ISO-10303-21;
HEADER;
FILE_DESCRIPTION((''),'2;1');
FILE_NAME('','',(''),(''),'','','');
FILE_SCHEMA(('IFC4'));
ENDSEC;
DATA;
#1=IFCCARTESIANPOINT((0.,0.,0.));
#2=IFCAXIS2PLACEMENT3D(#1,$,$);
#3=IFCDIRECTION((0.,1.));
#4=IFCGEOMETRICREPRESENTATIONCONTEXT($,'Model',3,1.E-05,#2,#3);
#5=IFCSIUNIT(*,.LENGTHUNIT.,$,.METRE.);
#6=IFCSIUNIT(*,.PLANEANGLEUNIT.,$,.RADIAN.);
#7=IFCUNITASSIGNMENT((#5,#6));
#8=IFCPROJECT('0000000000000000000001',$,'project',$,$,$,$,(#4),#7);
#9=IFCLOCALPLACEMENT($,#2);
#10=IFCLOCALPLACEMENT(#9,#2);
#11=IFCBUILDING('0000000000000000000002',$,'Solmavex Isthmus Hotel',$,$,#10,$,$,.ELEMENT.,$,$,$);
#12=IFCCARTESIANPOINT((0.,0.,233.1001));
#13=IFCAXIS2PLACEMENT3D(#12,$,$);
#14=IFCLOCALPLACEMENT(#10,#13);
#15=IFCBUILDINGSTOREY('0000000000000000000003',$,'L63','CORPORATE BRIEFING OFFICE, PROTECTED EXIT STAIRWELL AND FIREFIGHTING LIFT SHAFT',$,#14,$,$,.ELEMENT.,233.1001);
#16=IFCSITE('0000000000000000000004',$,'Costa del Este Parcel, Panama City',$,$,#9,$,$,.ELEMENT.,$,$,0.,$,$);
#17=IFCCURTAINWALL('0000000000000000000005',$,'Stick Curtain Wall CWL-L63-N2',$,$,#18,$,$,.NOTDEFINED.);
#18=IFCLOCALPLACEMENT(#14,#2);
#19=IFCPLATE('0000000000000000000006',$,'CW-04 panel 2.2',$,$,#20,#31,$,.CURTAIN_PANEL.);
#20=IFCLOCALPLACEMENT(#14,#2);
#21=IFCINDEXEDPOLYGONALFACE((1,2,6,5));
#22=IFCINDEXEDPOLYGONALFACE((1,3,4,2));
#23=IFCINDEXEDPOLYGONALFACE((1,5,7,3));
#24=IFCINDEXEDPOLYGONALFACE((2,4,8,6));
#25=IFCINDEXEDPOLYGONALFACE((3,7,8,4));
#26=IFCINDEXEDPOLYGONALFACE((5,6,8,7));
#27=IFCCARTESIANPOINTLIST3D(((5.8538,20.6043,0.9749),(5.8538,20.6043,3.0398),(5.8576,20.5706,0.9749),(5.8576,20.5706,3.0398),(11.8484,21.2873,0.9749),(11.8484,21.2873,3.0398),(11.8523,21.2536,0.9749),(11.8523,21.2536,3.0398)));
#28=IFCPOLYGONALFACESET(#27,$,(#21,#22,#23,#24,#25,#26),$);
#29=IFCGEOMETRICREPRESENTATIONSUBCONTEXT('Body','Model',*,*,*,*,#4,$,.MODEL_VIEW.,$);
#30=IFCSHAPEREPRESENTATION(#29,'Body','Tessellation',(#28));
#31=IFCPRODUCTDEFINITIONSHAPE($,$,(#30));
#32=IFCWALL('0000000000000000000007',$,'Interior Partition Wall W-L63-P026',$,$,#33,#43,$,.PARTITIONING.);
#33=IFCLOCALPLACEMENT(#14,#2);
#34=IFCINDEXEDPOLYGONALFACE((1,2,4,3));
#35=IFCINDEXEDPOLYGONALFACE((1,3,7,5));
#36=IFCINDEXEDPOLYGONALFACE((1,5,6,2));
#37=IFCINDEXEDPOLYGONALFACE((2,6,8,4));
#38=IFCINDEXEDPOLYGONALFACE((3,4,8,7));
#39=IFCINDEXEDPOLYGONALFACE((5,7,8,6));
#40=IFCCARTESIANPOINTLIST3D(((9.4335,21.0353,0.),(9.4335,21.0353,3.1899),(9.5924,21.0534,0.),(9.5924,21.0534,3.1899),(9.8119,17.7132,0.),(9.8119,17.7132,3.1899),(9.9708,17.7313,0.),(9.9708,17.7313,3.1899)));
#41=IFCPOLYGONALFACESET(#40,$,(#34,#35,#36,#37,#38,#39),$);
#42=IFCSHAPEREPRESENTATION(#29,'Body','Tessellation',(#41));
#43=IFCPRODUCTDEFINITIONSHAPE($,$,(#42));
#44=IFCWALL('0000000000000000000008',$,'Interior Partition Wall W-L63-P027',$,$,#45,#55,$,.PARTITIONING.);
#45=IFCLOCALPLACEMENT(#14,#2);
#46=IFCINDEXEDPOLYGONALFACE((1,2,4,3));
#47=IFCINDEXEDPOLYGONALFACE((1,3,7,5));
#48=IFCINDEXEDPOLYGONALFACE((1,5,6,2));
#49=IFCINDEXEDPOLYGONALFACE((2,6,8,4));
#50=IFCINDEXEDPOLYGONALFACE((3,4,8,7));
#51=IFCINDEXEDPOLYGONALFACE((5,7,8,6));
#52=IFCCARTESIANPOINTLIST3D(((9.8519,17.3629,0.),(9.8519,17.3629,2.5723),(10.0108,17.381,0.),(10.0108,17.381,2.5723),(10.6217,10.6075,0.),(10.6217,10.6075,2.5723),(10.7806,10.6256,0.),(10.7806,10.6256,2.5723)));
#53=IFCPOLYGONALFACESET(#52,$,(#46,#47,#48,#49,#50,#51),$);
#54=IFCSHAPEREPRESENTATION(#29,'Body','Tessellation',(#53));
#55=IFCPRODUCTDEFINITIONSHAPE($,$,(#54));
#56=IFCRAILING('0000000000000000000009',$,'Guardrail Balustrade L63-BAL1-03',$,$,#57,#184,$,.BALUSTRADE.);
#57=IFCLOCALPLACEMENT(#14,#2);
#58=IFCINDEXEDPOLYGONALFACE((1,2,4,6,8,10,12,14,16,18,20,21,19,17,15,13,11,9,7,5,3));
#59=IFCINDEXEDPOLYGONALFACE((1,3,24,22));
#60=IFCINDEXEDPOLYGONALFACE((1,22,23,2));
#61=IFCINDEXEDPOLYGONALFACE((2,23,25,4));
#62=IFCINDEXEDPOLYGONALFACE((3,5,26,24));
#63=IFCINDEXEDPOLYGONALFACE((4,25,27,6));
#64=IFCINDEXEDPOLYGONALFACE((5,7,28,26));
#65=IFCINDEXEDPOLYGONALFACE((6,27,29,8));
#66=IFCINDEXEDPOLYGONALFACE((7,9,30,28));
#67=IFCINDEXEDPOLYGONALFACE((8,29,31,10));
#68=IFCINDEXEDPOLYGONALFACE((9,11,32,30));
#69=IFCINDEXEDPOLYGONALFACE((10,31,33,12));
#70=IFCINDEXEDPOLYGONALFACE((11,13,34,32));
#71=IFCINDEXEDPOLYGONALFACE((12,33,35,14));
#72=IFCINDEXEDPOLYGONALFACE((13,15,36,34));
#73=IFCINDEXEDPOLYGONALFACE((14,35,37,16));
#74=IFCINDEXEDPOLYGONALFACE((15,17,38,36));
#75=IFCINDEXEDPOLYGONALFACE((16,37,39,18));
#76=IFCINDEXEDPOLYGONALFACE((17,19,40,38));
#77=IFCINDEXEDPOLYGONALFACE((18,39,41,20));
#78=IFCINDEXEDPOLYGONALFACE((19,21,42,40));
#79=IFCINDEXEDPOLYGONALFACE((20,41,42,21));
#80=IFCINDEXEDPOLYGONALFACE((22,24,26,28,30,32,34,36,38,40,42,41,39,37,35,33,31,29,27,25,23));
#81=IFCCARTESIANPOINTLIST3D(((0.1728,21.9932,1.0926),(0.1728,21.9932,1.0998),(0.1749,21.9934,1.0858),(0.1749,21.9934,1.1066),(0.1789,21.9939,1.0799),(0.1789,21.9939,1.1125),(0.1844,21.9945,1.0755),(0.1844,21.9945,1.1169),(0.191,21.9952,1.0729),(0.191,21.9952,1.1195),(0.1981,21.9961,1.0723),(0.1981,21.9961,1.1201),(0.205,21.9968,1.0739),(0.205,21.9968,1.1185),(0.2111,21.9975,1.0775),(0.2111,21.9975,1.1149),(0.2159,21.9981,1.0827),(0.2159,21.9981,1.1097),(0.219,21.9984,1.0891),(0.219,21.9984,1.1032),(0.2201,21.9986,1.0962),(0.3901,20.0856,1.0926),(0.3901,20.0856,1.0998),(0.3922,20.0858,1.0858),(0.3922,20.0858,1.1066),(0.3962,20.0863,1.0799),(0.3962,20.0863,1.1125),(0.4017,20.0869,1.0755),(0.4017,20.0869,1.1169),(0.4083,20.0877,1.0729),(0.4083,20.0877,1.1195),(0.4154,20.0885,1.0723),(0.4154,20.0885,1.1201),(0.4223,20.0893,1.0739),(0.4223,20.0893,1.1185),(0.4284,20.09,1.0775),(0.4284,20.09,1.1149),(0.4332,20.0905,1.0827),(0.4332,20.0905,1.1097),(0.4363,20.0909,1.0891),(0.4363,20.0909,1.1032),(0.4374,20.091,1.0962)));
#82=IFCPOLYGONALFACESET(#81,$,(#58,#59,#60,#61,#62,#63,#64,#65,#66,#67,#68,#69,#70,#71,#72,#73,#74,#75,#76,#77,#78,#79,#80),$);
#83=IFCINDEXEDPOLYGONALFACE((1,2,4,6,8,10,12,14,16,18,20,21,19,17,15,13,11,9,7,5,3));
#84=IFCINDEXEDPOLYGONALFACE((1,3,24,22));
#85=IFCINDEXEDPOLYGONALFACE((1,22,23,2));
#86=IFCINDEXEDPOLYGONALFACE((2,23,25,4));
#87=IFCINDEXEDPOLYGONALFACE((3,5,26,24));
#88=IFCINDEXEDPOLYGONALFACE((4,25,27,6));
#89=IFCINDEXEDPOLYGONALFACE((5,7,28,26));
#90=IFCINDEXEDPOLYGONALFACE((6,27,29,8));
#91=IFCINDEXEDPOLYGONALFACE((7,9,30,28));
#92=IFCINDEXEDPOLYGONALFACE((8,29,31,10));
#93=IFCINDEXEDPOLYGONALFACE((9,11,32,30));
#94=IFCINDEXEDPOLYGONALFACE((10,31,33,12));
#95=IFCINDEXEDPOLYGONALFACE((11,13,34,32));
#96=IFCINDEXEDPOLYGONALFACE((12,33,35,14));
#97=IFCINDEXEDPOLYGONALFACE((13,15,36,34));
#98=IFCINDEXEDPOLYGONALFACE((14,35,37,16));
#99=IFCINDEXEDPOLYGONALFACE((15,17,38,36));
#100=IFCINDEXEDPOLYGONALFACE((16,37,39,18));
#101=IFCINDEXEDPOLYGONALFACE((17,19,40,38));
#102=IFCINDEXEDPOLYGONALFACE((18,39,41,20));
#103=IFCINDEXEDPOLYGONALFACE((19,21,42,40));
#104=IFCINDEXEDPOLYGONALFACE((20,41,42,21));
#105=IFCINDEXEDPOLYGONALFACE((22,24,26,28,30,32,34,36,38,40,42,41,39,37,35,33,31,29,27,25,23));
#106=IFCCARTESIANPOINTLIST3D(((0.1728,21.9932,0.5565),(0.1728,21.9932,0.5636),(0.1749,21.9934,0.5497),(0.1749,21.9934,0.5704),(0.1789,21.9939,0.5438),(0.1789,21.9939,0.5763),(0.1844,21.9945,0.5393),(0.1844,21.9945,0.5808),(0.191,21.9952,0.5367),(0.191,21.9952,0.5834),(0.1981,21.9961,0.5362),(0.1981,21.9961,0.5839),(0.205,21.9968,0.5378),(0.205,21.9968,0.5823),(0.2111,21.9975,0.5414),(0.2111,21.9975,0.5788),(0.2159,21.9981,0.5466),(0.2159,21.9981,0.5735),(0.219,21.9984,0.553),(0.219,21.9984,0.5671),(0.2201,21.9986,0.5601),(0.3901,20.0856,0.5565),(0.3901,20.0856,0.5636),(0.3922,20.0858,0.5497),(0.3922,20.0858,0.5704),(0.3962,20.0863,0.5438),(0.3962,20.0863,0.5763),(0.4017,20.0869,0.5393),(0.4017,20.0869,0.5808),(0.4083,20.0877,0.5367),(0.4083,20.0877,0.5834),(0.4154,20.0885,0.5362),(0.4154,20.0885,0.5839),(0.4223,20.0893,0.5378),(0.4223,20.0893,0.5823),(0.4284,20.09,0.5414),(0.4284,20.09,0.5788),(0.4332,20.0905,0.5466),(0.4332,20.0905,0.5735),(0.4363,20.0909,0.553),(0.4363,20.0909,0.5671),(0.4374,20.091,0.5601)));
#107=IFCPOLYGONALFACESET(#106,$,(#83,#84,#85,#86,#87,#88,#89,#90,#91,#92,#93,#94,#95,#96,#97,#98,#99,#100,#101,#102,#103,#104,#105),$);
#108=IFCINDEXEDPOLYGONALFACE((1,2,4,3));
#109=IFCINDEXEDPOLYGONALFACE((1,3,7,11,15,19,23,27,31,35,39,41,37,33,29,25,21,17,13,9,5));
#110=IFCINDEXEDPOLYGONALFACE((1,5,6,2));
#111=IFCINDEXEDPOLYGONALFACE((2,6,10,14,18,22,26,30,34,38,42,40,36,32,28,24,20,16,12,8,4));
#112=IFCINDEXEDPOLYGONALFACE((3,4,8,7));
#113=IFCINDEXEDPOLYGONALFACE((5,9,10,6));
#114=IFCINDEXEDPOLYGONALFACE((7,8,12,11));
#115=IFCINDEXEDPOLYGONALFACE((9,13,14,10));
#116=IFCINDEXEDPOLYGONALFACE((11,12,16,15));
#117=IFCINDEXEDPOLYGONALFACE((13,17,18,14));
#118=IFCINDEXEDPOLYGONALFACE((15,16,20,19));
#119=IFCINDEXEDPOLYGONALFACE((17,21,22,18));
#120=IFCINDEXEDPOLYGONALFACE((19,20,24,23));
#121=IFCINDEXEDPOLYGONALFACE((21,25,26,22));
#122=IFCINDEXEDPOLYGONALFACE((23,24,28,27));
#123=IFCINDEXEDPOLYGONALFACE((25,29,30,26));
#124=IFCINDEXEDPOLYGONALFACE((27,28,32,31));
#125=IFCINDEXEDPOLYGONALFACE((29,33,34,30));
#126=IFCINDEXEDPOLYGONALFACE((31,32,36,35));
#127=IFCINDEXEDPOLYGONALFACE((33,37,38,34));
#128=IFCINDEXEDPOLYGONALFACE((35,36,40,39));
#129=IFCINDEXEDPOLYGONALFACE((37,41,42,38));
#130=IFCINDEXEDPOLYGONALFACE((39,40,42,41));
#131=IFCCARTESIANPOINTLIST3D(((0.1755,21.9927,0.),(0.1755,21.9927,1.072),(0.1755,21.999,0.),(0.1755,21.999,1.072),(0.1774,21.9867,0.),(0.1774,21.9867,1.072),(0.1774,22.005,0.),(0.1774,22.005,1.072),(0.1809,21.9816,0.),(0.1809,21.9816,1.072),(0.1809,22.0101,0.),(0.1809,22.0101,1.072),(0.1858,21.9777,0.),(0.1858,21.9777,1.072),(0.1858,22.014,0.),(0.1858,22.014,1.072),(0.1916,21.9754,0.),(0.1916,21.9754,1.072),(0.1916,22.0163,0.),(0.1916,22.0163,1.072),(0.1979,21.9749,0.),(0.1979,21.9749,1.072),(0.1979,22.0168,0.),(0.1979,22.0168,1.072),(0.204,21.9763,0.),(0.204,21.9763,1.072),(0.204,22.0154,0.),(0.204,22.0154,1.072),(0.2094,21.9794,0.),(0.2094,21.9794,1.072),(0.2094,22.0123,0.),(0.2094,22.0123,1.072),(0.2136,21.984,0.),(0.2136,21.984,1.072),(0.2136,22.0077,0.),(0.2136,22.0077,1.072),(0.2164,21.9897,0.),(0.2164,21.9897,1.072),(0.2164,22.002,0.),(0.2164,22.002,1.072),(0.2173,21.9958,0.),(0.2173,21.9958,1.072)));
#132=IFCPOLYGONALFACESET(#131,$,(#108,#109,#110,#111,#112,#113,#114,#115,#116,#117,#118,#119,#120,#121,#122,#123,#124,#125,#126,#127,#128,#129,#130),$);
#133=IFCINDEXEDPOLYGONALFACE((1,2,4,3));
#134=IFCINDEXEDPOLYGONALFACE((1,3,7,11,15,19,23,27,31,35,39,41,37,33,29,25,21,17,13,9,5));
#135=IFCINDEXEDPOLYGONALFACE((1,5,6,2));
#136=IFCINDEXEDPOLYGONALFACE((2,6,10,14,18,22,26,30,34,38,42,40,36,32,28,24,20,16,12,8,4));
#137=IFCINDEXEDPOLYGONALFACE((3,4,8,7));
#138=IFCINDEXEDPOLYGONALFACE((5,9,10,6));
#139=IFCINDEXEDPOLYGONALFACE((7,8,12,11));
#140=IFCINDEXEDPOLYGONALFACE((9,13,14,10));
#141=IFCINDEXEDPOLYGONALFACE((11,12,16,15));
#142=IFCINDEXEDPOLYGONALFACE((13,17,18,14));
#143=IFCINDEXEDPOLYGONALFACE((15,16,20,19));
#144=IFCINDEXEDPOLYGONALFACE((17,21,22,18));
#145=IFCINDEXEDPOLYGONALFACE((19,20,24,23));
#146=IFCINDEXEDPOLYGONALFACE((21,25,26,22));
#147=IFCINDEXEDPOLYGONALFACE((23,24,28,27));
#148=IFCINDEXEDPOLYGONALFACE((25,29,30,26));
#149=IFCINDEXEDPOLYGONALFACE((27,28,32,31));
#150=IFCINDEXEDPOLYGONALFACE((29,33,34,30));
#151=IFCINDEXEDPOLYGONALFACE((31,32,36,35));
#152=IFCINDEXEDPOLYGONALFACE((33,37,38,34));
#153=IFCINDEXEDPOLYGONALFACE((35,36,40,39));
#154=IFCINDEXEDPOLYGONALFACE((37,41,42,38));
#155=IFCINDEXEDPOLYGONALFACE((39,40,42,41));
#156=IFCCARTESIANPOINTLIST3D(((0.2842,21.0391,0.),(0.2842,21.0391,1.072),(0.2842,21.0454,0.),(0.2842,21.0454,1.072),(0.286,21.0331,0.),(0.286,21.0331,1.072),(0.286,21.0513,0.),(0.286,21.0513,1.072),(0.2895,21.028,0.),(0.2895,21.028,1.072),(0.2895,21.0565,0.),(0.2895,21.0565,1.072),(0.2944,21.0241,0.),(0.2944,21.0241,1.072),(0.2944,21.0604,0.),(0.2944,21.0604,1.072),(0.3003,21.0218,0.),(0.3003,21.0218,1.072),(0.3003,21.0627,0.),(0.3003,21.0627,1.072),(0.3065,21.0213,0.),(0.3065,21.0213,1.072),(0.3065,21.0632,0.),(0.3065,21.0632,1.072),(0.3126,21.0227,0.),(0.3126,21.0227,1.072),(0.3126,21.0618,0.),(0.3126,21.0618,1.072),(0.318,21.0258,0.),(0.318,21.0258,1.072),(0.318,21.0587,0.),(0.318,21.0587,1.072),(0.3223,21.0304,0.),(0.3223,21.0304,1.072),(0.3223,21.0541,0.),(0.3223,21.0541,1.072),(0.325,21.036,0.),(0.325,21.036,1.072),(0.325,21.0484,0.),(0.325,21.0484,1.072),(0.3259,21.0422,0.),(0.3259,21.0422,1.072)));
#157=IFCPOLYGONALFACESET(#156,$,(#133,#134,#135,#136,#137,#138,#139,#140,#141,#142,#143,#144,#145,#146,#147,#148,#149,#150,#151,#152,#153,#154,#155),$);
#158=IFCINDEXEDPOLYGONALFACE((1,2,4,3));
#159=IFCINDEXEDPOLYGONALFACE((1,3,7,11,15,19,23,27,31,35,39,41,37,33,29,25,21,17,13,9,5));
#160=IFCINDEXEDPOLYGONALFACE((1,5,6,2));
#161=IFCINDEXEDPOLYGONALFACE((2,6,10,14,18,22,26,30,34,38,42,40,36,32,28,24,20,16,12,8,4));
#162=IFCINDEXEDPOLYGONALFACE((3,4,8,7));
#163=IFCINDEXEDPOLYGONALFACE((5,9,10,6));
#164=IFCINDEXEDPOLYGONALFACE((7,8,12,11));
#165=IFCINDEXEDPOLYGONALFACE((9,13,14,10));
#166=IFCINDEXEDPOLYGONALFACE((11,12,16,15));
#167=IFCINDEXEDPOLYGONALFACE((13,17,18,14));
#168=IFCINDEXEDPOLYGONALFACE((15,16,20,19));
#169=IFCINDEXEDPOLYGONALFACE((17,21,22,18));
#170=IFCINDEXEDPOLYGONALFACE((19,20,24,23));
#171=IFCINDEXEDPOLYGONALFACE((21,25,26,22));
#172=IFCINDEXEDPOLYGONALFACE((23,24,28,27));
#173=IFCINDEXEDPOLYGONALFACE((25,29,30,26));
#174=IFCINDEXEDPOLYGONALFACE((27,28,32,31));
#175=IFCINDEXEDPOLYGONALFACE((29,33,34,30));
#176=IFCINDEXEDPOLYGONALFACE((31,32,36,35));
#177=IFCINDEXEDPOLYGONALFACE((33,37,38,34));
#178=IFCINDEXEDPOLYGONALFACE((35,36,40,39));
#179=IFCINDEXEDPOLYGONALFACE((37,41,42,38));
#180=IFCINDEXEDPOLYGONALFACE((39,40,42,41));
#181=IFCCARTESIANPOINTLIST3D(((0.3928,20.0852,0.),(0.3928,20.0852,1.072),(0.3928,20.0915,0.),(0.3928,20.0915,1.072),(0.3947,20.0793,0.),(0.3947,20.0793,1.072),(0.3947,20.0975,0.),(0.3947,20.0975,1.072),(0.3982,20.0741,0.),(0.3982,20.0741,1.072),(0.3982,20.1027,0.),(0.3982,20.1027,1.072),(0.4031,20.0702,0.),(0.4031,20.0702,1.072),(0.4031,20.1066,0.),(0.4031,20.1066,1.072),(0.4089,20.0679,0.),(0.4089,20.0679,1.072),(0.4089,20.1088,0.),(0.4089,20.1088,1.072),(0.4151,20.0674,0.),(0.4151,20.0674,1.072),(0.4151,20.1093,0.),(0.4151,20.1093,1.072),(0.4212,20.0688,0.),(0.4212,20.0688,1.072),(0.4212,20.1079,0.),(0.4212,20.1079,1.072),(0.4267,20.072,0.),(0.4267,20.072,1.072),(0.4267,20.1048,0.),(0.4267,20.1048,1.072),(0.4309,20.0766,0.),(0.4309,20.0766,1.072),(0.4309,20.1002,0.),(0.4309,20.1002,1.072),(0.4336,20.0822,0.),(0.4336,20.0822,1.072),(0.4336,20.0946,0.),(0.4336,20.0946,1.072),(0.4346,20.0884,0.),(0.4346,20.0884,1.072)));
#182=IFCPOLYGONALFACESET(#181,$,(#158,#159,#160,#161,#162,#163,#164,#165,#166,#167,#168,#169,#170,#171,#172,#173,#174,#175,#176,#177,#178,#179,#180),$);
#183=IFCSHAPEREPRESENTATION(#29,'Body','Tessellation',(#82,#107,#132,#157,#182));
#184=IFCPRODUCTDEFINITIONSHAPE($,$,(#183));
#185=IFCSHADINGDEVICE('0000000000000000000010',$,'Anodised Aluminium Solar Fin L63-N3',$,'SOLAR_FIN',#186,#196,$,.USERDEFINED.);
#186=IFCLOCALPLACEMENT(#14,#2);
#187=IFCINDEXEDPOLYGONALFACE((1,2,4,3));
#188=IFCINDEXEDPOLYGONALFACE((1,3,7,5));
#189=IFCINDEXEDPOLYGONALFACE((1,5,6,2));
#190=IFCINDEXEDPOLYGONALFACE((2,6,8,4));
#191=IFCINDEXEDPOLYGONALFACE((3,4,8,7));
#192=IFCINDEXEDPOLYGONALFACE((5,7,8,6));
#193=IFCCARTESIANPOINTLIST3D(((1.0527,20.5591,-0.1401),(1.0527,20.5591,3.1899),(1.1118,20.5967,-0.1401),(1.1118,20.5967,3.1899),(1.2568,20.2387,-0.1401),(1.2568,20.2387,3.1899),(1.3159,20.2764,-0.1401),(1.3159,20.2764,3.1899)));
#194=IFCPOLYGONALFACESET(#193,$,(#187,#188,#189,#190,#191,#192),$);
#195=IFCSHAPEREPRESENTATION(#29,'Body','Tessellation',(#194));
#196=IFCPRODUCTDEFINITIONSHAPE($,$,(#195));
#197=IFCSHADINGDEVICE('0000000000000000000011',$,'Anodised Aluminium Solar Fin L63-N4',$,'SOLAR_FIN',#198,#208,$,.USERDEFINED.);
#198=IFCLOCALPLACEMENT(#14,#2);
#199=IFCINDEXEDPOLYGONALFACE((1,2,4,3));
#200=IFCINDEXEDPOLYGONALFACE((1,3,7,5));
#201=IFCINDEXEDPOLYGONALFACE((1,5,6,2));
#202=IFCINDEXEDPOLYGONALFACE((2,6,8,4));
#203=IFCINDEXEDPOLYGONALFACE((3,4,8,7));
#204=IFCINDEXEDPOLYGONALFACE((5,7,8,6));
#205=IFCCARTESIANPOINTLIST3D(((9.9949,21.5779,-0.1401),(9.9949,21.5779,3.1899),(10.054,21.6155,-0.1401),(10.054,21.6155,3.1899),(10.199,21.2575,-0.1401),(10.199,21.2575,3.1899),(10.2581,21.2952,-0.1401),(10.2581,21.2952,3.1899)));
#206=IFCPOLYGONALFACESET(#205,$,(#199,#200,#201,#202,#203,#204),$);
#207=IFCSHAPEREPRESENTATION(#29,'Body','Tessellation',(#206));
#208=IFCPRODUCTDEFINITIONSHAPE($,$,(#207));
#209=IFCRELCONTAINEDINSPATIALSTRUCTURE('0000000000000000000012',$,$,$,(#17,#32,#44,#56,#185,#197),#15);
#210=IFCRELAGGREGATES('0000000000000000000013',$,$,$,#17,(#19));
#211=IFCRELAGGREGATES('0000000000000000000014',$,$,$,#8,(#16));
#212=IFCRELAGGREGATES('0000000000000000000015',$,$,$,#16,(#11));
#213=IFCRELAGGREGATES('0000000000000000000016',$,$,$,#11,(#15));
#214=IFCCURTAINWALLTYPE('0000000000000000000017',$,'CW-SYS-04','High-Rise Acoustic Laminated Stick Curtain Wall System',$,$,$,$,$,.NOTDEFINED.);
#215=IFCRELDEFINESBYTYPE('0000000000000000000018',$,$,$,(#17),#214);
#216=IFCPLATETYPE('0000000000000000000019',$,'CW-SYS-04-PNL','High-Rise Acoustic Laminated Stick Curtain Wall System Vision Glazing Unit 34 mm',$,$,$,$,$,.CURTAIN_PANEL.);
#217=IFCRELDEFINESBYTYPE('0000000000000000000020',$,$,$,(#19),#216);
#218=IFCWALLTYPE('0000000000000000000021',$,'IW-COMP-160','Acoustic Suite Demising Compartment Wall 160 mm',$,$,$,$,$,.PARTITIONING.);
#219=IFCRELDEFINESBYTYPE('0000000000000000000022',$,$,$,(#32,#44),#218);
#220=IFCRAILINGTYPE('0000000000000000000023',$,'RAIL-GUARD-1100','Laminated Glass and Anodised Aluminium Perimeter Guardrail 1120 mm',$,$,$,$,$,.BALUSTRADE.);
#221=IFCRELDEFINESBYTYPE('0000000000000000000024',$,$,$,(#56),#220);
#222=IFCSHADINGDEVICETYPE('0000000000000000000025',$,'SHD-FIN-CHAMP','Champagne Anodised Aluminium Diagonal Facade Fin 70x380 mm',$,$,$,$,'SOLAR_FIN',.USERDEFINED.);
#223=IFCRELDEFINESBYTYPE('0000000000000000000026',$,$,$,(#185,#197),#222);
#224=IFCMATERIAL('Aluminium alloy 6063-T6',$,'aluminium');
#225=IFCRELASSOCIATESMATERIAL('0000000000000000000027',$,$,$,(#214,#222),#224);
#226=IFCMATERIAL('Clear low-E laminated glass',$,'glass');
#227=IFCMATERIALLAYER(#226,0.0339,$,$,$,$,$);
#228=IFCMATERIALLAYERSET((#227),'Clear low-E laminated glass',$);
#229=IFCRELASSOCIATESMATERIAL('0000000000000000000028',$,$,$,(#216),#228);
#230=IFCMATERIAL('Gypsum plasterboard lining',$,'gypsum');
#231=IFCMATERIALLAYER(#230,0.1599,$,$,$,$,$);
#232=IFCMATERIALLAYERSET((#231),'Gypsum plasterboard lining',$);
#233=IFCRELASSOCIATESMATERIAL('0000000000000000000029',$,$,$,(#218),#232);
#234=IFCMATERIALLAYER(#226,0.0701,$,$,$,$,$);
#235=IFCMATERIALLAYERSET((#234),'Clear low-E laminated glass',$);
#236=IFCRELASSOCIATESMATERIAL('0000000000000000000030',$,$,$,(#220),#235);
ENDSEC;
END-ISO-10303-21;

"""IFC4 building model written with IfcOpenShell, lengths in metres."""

from ifc_helpers import new_model, si_unit, direction, frame, frame_2d, origin, origin_2d, place, context, subcontext, project, spatial, rectangle, circle, extrude, material, layer, layer_set, type_object, element, aggregate, save


model = new_model("IFC4")

# Units and contexts
model_context = context("Model", 3, precision=1e-05, world=origin(), true_north=direction((0.0, 1.0)))
body_context = subcontext(model_context, "Body", "Model", "MODEL_VIEW")
ifc_project = project(units=[si_unit("LENGTHUNIT", "METRE"), si_unit("PLANEANGLEUNIT", "RADIAN")], contexts=[model_context])

# Site, building, storey
site_placement = place(None, origin())
site = spatial("IfcSite", under=ifc_project, at=site_placement, Name="Costa del Este Parcel, Panama City", CompositionType="ELEMENT", RefElevation=0.0)
building_placement = place(site_placement, origin())
building = spatial("IfcBuilding", under=site, at=building_placement, Name="Solmavex Isthmus Hotel", CompositionType="ELEMENT")
storey_placement = place(building_placement, frame((0.0, 0.0, 233.1001)))
storey = spatial("IfcBuildingStorey", under=building, at=storey_placement, Name="L63", Description="CORPORATE BRIEFING OFFICE, PROTECTED EXIT STAIRWELL AND FIREFIGHTING LIFT SHAFT", CompositionType="ELEMENT", Elevation=233.1001)

# Curtain wall, plate
ifc_material_1 = material(Name="Aluminium alloy 6063-T6", Category="aluminium")
curtain_wall_type = type_object("IfcCurtainWallType", Name="CW-SYS-04", Description="High-Rise Acoustic Laminated Stick Curtain Wall System", PredefinedType="NOTDEFINED", material=ifc_material_1)
curtain_wall_placement = place(storey_placement, origin())
curtain_wall = element("IfcCurtainWall", 1, at=curtain_wall_placement, inside=storey, type_object=curtain_wall_type, Name="Stick Curtain Wall CWL-L63-N2", PredefinedType="NOTDEFINED")
ifc_material_2 = material(Name="Clear low-E laminated glass", Category="glass")
ifc_layer_1 = layer(ifc_material_2, 0.0339)
ifc_layer_set_1 = layer_set([ifc_layer_1], Name="Clear low-E laminated glass")
plate_type = type_object("IfcPlateType", Name="CW-SYS-04-PNL", Description="High-Rise Acoustic Laminated Stick Curtain Wall System Vision Glazing Unit 34 mm", PredefinedType="CURTAIN_PANEL", material=ifc_layer_set_1)
plate_1_placement = place(storey_placement, frame((8.853, 20.929, 0.9749), z_axis=(0.0, 0.0, 1.0), x_axis=(0.993572, 0.113203, 0.0)))
plate_1 = element("IfcPlate", 2, at=plate_1_placement, type_object=plate_type, Name="CW-04 panel 2.2", PredefinedType="CURTAIN_PANEL", context=body_context, shape_type="SweptSolid", body=[
    extrude(rectangle(XDim=6.0334, YDim=0.0339, at=origin_2d()), origin(), (0.0, 0.0, 1.0), 2.0649),
])
aggregate(curtain_wall, [plate_1])

# Walls
ifc_material_3 = material(Name="Gypsum plasterboard lining", Category="gypsum")
ifc_layer_2 = layer(ifc_material_3, 0.1599)
ifc_layer_set_2 = layer_set([ifc_layer_2], Name="Gypsum plasterboard lining")
wall_type = type_object("IfcWallType", Name="IW-COMP-160", Description="Acoustic Suite Demising Compartment Wall 160 mm", PredefinedType="PARTITIONING", material=ifc_layer_set_2)
wall_1_placement = place(storey_placement, frame((9.5129, 21.0444, 0.0), z_axis=(0.0, 0.0, 1.0), x_axis=(0.11318, -0.993574, 0.0)))
element("IfcWall", 3, at=wall_1_placement, inside=storey, type_object=wall_type, Name="Interior Partition Wall W-L63-P026", PredefinedType="PARTITIONING", context=body_context, shape_type="SweptSolid", body=[
    extrude(rectangle(XDim=3.3435, YDim=0.1599, at=frame_2d((1.6719, 0.0))), origin(), (0.0, 0.0, 1.0), 3.1899),
])
wall_2_placement = place(storey_placement, frame((9.9314, 17.3718, 0.0), z_axis=(0.0, 0.0, 1.0), x_axis=(0.113217, -0.99357, 0.0)))
element("IfcWall", 4, at=wall_2_placement, inside=storey, type_object=wall_type, Name="Interior Partition Wall W-L63-P027", PredefinedType="PARTITIONING", context=body_context, shape_type="SweptSolid", body=[
    extrude(rectangle(XDim=6.7991, YDim=0.1599, at=frame_2d((3.3994, 0.0))), origin(), (0.0, 0.0, 1.0), 2.5723),
])

# Railing
ifc_layer_3 = layer(ifc_material_2, 0.0701)
ifc_layer_set_3 = layer_set([ifc_layer_3], Name="Clear low-E laminated glass")
railing_type = type_object("IfcRailingType", Name="RAIL-GUARD-1100", Description="Laminated Glass and Anodised Aluminium Perimeter Guardrail 1120 mm", PredefinedType="BALUSTRADE", material=ifc_layer_set_3)
railing_placement = place(storey_placement, frame((0.1963, 21.9958, 0.0)))
element("IfcRailing", 5, at=railing_placement, inside=storey, type_object=railing_type, Name="Guardrail Balustrade L63-BAL1-03", PredefinedType="BALUSTRADE", context=body_context, shape_type="SweptSolid", body=[
    extrude(circle(Radius=0.0239, at=origin_2d()), frame((0.0, 0.0, 1.0962), z_axis=(0.113181, -0.993574, 0.0), x_axis=(0.993574, 0.113181, 0.0)), (0.0, 0.0, 1.0), 1.9199),
    extrude(circle(Radius=0.0239, at=origin_2d()), frame((0.0, 0.0, 0.5601), z_axis=(0.113181, -0.993574, 0.0), x_axis=(0.993574, 0.113181, 0.0)), (0.0, 0.0, 1.0), 1.9199),
    extrude(circle(Radius=0.021, at=origin_2d()), origin(), (0.0, 0.0, 1.0), 1.072),
    extrude(circle(Radius=0.021, at=origin_2d()), frame((0.1086, -0.9536, 0.0)), (0.0, 0.0, 1.0), 1.072),
    extrude(circle(Radius=0.021, at=origin_2d()), frame((0.2173, -1.9075, 0.0)), (0.0, 0.0, 1.0), 1.072),
])

# Shading devices
shading_device_type = type_object("IfcShadingDeviceType", Name="SHD-FIN-CHAMP", Description="Champagne Anodised Aluminium Diagonal Facade Fin 70x380 mm", ElementType="SOLAR_FIN", PredefinedType="USERDEFINED", material=ifc_material_1)
for number, where, z_axis, x_axis, name in (
    (6, (1.1843, 20.4177, -0.1401), (0.0, 0.0, 1.0), (-0.5373, 0.843391, 0.0), "Anodised Aluminium Solar Fin L63-N3"),
    (7, (10.1265, 21.4365, -0.1401), (0.0, 0.0, 1.0), (-0.5373, 0.843391, 0.0), "Anodised Aluminium Solar Fin L63-N4"),
):
    element("IfcShadingDevice", number, at=place(storey_placement, frame(where, z_axis=z_axis, x_axis=x_axis)), inside=storey, type_object=shading_device_type, Name=name, ObjectType="SOLAR_FIN", PredefinedType="USERDEFINED", context=body_context, shape_type="SweptSolid", body=[
        extrude(rectangle(XDim=0.3799, YDim=0.0701, at=origin_2d()), origin(), (0.0, 0.0, 1.0), 3.3301),
    ])

save(model, "model.ifc")
